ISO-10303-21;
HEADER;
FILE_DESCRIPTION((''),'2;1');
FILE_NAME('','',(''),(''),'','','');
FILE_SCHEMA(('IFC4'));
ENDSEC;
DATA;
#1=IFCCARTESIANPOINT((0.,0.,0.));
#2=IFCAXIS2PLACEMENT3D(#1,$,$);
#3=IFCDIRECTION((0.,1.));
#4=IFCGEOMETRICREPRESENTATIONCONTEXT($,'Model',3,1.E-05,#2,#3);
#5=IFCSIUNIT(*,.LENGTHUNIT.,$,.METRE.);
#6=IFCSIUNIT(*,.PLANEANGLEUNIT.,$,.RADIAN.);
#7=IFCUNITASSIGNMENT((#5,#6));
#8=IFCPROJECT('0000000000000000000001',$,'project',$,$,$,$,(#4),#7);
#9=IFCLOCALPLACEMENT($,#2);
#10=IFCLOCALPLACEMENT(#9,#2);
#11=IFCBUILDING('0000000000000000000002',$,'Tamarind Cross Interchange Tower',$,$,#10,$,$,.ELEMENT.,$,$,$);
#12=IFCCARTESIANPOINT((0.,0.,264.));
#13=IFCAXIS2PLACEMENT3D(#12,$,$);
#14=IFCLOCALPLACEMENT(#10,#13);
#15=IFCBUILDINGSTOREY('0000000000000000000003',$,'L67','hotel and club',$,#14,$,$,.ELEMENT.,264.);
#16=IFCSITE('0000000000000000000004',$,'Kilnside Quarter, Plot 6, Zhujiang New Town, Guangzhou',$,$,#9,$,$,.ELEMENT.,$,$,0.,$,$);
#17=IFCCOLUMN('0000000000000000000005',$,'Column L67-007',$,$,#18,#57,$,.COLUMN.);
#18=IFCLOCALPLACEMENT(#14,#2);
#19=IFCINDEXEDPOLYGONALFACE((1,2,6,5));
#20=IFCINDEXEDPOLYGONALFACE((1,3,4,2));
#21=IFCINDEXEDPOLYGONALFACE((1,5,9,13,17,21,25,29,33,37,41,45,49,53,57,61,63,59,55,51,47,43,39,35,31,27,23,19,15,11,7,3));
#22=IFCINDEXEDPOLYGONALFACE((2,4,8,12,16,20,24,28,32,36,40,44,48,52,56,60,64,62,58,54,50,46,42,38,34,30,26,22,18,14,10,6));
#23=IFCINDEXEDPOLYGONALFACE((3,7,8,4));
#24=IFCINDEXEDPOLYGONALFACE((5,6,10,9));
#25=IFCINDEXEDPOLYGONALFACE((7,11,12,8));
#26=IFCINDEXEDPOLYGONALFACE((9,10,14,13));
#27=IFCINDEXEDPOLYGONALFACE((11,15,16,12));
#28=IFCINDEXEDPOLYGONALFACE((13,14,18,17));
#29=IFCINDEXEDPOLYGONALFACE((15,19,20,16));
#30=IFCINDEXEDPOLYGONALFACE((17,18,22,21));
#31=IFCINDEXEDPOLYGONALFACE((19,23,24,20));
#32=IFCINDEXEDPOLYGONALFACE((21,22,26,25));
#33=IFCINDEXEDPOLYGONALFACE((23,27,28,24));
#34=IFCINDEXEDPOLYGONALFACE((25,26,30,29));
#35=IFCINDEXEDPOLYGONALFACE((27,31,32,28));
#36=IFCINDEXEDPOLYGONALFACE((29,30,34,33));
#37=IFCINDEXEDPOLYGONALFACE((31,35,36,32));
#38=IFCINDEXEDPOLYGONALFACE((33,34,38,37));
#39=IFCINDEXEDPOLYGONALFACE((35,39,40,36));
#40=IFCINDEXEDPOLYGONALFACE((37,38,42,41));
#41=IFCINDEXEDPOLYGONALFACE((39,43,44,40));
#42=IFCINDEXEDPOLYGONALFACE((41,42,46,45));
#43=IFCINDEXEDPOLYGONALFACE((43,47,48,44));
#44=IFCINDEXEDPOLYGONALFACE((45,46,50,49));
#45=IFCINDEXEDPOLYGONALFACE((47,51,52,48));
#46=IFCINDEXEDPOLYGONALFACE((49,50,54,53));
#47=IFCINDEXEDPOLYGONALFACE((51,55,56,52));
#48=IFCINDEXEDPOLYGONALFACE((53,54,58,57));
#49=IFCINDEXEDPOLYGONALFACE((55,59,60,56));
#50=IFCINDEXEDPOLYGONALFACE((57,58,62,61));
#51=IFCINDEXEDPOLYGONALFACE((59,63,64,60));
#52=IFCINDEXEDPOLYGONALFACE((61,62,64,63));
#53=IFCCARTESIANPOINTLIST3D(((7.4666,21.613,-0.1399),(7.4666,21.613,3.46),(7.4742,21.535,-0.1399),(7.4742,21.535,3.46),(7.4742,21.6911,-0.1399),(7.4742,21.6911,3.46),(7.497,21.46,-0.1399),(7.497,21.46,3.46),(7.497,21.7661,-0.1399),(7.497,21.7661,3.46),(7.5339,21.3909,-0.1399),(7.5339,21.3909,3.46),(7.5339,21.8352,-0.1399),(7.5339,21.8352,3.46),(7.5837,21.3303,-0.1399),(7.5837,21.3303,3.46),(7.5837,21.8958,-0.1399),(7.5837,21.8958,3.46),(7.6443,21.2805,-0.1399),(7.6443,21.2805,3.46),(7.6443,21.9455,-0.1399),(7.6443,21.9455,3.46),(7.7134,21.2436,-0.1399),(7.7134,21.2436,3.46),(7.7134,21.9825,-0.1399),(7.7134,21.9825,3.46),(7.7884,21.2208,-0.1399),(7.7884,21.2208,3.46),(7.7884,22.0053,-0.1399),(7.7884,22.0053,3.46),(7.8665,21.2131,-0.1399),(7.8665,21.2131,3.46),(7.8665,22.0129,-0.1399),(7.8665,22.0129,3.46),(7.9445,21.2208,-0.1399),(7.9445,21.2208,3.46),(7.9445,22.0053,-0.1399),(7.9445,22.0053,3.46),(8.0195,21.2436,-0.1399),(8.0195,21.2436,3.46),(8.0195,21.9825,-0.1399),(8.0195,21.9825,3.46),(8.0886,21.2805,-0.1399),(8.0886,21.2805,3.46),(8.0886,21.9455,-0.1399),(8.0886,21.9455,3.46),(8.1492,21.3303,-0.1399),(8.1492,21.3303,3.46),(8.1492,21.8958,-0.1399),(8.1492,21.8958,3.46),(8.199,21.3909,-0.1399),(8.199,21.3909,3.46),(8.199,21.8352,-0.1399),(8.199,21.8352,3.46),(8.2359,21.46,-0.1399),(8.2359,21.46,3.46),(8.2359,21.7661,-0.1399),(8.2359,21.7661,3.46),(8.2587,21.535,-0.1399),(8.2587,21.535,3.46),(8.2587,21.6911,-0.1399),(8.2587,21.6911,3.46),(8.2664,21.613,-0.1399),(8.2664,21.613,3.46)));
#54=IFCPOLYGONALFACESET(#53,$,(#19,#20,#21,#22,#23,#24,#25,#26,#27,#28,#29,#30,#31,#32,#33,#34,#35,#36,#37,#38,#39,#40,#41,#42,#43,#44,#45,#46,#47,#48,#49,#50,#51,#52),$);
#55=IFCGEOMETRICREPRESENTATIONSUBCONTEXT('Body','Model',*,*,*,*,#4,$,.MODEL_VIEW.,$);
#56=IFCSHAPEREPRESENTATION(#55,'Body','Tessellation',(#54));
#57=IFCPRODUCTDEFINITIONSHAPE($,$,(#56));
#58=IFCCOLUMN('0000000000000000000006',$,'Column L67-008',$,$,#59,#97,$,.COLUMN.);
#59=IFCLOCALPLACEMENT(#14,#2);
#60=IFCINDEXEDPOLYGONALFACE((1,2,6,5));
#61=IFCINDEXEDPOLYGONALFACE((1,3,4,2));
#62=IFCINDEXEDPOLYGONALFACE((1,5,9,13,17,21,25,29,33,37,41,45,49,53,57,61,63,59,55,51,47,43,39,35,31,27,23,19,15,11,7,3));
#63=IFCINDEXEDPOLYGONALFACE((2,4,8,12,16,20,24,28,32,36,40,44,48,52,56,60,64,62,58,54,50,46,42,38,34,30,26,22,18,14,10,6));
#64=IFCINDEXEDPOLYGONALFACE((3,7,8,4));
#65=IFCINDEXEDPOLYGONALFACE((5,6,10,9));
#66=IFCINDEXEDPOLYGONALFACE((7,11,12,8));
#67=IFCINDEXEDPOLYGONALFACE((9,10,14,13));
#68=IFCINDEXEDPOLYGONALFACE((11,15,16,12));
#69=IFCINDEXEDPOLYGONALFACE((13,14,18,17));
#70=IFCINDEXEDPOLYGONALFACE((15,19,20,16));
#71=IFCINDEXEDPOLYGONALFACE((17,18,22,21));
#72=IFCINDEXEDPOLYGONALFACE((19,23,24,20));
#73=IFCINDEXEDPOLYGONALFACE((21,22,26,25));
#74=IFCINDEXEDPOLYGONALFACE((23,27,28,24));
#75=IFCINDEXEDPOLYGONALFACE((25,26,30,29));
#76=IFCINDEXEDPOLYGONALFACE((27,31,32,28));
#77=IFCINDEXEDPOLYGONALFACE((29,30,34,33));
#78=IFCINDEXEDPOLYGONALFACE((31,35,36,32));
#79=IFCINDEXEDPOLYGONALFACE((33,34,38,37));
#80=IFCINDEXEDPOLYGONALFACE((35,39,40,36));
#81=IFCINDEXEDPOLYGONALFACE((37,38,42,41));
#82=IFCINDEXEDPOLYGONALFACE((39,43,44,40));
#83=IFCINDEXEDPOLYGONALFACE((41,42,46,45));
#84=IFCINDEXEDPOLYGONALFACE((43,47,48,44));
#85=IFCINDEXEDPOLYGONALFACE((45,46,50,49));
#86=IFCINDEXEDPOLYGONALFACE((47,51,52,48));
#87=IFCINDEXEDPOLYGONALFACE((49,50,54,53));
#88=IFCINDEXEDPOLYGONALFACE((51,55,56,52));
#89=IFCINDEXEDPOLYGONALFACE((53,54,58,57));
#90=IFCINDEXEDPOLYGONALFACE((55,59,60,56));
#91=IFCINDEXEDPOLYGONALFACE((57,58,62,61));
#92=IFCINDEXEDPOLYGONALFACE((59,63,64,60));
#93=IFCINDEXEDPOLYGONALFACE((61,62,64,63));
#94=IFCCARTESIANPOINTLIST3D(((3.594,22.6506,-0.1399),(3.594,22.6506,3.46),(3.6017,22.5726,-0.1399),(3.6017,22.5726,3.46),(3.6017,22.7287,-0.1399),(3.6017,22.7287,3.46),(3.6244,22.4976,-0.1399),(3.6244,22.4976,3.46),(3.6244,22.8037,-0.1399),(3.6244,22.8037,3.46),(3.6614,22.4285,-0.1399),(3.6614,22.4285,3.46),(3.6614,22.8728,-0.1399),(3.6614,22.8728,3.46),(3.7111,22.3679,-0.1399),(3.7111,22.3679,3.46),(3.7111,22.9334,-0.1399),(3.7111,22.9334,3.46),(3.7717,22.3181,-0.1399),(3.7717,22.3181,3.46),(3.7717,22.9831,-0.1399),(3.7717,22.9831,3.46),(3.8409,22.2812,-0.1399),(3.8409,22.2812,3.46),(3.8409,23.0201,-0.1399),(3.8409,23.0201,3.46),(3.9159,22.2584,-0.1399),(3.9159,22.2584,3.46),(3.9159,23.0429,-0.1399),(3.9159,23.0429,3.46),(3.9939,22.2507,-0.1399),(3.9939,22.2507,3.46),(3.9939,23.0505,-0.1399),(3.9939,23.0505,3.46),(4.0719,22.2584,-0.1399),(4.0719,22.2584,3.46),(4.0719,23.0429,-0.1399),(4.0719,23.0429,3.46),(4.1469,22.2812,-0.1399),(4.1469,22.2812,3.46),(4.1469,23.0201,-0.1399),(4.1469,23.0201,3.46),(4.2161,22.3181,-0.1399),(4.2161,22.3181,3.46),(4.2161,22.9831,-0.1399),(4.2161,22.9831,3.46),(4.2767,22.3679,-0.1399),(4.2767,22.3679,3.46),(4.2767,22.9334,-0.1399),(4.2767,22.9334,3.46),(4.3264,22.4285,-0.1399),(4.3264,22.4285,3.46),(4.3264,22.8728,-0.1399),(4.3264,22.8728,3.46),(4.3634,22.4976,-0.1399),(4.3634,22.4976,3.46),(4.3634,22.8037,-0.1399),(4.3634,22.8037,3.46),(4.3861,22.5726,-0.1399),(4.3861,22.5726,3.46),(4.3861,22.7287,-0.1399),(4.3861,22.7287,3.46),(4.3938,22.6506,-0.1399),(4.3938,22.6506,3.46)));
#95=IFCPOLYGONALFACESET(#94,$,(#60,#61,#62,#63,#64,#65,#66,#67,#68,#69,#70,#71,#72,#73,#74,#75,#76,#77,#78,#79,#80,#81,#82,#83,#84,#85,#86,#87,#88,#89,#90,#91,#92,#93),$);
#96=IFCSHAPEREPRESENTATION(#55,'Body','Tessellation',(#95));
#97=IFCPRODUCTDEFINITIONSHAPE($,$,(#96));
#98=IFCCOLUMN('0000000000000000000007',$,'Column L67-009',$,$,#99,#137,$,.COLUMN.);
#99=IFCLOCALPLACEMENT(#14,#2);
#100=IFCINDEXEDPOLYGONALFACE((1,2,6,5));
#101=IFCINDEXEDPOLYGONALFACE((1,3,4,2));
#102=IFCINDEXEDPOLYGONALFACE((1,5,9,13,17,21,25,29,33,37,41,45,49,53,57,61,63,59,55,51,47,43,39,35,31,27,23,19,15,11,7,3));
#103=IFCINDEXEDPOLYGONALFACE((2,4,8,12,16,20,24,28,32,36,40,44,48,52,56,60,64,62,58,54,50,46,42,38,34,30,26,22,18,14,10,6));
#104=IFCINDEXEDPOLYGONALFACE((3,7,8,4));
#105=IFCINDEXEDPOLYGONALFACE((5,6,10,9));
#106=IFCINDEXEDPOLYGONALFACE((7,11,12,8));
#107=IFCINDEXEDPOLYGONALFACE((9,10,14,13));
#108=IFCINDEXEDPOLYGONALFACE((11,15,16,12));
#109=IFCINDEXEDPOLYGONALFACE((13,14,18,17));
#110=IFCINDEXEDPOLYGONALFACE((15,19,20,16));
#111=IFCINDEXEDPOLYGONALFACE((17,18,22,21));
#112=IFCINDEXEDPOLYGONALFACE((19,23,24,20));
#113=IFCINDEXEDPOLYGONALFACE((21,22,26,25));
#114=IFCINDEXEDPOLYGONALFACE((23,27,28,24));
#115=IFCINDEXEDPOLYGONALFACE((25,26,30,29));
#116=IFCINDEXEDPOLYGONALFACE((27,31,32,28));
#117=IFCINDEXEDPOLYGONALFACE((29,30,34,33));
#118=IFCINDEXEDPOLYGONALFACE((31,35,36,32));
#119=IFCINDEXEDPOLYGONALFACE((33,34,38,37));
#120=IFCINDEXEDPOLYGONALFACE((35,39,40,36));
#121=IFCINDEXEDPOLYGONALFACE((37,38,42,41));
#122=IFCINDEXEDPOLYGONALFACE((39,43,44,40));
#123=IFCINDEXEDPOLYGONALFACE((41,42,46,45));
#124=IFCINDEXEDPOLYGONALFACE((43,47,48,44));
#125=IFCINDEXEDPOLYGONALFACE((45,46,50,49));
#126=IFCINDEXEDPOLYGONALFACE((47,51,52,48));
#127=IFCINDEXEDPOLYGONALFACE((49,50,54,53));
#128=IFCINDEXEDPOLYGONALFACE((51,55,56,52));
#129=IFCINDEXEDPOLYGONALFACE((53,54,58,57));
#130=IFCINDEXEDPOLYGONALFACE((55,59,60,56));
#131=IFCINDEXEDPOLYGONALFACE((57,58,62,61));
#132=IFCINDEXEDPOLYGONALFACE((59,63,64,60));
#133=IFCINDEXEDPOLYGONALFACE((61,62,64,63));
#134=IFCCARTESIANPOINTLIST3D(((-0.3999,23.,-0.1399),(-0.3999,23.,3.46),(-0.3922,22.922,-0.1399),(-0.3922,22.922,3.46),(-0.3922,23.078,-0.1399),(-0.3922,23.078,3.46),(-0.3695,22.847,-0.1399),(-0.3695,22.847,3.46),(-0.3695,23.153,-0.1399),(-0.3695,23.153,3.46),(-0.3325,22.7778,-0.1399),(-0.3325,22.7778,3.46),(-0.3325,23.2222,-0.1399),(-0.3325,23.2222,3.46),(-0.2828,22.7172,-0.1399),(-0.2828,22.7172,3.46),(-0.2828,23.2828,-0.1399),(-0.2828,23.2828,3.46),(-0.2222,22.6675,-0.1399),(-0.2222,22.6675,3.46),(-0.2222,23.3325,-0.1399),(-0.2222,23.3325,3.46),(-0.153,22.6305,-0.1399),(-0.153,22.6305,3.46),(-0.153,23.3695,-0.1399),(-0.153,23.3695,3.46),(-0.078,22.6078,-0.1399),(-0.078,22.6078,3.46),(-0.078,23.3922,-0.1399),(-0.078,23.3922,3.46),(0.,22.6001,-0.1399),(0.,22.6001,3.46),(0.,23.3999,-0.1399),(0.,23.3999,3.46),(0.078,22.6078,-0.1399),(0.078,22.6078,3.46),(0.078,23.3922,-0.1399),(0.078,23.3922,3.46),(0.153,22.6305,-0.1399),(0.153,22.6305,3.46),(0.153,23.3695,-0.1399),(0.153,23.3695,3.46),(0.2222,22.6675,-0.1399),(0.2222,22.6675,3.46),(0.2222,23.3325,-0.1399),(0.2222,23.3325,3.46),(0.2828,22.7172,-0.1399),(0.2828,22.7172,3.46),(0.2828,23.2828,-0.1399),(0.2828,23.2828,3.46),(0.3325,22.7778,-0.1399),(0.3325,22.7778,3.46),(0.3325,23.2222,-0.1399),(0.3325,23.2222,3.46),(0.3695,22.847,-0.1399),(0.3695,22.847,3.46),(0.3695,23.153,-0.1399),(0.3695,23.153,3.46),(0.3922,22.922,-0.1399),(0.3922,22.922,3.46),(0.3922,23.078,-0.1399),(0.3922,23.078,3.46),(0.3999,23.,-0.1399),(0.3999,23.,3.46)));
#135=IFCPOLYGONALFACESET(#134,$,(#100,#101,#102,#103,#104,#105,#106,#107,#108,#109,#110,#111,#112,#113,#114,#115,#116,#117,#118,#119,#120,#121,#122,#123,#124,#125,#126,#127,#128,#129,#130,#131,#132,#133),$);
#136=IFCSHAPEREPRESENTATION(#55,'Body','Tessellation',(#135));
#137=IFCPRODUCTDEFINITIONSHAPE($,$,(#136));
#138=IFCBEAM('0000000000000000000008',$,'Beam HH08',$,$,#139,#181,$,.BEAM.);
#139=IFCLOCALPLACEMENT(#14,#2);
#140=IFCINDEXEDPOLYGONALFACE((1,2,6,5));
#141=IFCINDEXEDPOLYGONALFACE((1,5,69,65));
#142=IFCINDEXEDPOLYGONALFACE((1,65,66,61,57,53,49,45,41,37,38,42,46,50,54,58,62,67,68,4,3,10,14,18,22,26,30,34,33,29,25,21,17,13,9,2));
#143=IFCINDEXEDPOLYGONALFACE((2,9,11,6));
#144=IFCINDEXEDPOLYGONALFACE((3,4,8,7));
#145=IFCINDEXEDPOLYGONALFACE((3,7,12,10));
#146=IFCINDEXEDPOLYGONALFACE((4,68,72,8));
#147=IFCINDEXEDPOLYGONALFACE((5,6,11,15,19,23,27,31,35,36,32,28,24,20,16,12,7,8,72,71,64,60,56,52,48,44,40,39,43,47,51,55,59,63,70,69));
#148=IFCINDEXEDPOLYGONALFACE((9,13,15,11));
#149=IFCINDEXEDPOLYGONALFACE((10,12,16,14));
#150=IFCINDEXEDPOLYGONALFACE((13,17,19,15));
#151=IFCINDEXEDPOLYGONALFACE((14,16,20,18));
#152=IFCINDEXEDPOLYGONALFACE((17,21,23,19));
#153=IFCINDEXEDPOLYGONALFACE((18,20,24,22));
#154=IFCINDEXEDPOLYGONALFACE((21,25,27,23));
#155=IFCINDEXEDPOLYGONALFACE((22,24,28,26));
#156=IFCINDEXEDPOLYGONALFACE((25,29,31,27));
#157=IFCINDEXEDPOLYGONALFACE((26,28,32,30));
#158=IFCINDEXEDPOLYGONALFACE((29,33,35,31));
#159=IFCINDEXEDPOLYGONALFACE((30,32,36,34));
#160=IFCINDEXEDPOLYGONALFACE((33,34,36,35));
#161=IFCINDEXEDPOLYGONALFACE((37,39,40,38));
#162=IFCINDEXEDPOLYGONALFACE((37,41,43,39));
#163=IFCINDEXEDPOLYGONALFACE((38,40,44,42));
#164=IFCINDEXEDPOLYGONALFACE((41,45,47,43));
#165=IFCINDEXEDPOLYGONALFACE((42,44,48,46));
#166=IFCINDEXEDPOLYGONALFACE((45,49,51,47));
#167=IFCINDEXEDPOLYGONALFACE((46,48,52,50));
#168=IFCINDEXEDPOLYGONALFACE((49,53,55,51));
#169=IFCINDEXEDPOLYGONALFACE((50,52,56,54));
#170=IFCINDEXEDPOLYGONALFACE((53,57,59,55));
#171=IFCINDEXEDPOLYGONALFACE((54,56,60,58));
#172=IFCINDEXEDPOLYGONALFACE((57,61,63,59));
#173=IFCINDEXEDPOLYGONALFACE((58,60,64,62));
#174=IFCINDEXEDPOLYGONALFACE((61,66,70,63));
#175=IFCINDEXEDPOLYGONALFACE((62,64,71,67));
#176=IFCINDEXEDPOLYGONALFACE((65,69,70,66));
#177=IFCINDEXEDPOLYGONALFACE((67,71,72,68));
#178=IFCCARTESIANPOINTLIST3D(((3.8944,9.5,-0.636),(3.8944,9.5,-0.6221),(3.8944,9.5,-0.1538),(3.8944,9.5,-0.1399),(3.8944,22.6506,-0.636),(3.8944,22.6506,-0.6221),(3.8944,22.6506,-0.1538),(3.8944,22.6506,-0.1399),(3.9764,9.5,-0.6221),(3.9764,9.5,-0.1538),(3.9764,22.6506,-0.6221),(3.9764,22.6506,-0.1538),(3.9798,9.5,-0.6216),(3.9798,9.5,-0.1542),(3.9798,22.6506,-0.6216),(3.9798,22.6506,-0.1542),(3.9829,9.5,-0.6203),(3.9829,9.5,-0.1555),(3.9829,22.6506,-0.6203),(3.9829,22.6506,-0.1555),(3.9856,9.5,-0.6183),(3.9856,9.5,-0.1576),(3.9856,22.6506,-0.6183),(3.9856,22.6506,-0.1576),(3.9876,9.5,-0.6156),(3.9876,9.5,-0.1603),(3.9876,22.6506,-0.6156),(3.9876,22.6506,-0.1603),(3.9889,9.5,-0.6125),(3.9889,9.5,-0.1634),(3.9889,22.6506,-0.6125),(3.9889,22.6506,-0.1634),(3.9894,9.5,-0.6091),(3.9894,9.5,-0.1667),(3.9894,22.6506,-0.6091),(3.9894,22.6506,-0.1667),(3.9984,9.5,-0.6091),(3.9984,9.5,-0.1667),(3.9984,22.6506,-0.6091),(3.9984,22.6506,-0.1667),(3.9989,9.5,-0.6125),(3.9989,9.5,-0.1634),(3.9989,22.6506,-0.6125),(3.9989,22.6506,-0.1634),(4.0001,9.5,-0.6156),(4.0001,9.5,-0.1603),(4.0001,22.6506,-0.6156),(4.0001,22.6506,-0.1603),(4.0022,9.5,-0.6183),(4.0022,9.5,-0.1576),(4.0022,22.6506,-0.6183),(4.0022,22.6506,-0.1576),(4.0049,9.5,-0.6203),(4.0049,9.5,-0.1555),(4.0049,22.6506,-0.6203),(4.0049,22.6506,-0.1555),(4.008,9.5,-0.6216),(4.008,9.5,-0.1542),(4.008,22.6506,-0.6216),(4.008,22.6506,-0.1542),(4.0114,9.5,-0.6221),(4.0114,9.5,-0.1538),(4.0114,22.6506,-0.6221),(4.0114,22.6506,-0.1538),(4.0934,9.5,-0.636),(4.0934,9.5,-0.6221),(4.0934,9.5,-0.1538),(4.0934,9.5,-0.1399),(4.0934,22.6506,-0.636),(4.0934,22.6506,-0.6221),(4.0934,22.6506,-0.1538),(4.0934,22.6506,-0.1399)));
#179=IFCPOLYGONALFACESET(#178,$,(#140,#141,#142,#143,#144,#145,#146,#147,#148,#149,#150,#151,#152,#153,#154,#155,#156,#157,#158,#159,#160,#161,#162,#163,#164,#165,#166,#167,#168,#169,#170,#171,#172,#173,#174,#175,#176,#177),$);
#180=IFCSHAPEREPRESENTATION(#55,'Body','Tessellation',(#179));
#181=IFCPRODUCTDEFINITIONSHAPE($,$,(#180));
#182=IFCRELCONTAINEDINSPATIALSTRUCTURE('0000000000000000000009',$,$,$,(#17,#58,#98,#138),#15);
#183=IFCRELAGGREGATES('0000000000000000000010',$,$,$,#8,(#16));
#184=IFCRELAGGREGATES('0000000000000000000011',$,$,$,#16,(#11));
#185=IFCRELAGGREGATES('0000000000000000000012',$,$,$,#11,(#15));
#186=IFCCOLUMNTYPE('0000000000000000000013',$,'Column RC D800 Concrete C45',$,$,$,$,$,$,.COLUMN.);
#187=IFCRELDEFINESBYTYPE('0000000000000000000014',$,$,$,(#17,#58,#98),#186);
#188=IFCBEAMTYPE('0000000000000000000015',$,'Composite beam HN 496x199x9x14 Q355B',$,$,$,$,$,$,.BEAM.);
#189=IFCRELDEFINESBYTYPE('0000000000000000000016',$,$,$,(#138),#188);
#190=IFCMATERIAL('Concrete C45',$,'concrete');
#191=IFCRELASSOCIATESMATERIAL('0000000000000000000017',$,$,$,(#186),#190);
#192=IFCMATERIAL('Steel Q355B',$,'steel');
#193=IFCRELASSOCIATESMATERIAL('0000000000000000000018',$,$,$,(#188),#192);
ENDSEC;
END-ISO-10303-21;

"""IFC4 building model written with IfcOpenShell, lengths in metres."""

from ifc_helpers import new_model, si_unit, direction, frame, origin, origin_2d, place, context, subcontext, project, spatial, circle, i_section, extrude, material, material_profile, profile_set, type_object, element, save


model = new_model("IFC4")

# Units and contexts
model_context = context("Model", 3, precision=1e-05, world=origin(), true_north=direction((0.0, 1.0)))
body_context = subcontext(model_context, "Body", "Model", "MODEL_VIEW")
ifc_project = project(units=[si_unit("LENGTHUNIT", "METRE"), si_unit("PLANEANGLEUNIT", "RADIAN")], contexts=[model_context])

# Site, building, storey
site_placement = place(None, origin())
site = spatial("IfcSite", under=ifc_project, at=site_placement, Name="Kilnside Quarter, Plot 6, Zhujiang New Town, Guangzhou", CompositionType="ELEMENT", RefElevation=0.0)
building_placement = place(site_placement, origin())
building = spatial("IfcBuilding", under=site, at=building_placement, Name="Tamarind Cross Interchange Tower", CompositionType="ELEMENT")
storey_placement = place(building_placement, frame((0.0, 0.0, 264.0)))
storey = spatial("IfcBuildingStorey", under=building, at=storey_placement, Name="L67", Description="hotel and club", CompositionType="ELEMENT", Elevation=264.0)

# Columns
ifc_material_1 = material(Name="Concrete C45", Category="concrete")
ifc_material_profile_1 = material_profile(ifc_material_1, circle(Radius=0.3999, at=origin_2d()), Name="RC D800")
ifc_profile_set_1 = profile_set([ifc_material_profile_1], Name="Concrete C45")
column_type = type_object("IfcColumnType", Name="Column RC D800 Concrete C45", PredefinedType="COLUMN", material=ifc_profile_set_1)
for number, where, z_axis, x_axis, name in (
    (1, (7.8665, 21.613, -0.1399), (0.0, 0.0, 1.0), (1.0, 0.0, 0.0), "Column L67-007"),
    (2, (3.9939, 22.6506, -0.1399), (0.0, 0.0, 1.0), (1.0, 0.0, 0.0), "Column L67-008"),
    (3, (0.0, 23.0, -0.1399), (0.0, 0.0, 1.0), (1.0, 0.0, 0.0), "Column L67-009"),
):
    element("IfcColumn", number, at=place(storey_placement, frame(where, z_axis=z_axis, x_axis=x_axis)), inside=storey, type_object=column_type, Name=name, PredefinedType="COLUMN", context=body_context, shape_type="SweptSolid", body=[
        extrude(circle(Radius=0.3999, at=origin_2d()), origin(), (0.0, 0.0, 1.0), 3.5999),
    ])

# Beam
ifc_material_2 = material(Name="Steel Q355B", Category="steel")
ifc_material_profile_2 = material_profile(ifc_material_2, i_section(OverallWidth=0.199, OverallDepth=0.4961, WebThickness=0.009, FlangeThickness=0.0139, FilletRadius=0.0129, at=origin_2d()), Name="HN 496x199x9x14")
ifc_profile_set_2 = profile_set([ifc_material_profile_2], Name="Steel Q355B")
beam_type = type_object("IfcBeamType", Name="Composite beam HN 496x199x9x14 Q355B", PredefinedType="BEAM", material=ifc_profile_set_2)
beam_1_placement = place(storey_placement, frame((3.9939, 22.6506, -0.3879), z_axis=(0.0, -1.0, 0.0), x_axis=(1.0, 0.0, 0.0)))
element("IfcBeam", 4, at=beam_1_placement, inside=storey, type_object=beam_type, Name="Beam HH08", PredefinedType="BEAM", context=body_context, shape_type="SweptSolid", body=[
    extrude(i_section(OverallWidth=0.199, OverallDepth=0.4961, WebThickness=0.009, FlangeThickness=0.0139, FilletRadius=0.0129, at=origin_2d()), origin(), (0.0, 0.0, 1.0), 13.1506),
])

save(model, "model.ifc")
